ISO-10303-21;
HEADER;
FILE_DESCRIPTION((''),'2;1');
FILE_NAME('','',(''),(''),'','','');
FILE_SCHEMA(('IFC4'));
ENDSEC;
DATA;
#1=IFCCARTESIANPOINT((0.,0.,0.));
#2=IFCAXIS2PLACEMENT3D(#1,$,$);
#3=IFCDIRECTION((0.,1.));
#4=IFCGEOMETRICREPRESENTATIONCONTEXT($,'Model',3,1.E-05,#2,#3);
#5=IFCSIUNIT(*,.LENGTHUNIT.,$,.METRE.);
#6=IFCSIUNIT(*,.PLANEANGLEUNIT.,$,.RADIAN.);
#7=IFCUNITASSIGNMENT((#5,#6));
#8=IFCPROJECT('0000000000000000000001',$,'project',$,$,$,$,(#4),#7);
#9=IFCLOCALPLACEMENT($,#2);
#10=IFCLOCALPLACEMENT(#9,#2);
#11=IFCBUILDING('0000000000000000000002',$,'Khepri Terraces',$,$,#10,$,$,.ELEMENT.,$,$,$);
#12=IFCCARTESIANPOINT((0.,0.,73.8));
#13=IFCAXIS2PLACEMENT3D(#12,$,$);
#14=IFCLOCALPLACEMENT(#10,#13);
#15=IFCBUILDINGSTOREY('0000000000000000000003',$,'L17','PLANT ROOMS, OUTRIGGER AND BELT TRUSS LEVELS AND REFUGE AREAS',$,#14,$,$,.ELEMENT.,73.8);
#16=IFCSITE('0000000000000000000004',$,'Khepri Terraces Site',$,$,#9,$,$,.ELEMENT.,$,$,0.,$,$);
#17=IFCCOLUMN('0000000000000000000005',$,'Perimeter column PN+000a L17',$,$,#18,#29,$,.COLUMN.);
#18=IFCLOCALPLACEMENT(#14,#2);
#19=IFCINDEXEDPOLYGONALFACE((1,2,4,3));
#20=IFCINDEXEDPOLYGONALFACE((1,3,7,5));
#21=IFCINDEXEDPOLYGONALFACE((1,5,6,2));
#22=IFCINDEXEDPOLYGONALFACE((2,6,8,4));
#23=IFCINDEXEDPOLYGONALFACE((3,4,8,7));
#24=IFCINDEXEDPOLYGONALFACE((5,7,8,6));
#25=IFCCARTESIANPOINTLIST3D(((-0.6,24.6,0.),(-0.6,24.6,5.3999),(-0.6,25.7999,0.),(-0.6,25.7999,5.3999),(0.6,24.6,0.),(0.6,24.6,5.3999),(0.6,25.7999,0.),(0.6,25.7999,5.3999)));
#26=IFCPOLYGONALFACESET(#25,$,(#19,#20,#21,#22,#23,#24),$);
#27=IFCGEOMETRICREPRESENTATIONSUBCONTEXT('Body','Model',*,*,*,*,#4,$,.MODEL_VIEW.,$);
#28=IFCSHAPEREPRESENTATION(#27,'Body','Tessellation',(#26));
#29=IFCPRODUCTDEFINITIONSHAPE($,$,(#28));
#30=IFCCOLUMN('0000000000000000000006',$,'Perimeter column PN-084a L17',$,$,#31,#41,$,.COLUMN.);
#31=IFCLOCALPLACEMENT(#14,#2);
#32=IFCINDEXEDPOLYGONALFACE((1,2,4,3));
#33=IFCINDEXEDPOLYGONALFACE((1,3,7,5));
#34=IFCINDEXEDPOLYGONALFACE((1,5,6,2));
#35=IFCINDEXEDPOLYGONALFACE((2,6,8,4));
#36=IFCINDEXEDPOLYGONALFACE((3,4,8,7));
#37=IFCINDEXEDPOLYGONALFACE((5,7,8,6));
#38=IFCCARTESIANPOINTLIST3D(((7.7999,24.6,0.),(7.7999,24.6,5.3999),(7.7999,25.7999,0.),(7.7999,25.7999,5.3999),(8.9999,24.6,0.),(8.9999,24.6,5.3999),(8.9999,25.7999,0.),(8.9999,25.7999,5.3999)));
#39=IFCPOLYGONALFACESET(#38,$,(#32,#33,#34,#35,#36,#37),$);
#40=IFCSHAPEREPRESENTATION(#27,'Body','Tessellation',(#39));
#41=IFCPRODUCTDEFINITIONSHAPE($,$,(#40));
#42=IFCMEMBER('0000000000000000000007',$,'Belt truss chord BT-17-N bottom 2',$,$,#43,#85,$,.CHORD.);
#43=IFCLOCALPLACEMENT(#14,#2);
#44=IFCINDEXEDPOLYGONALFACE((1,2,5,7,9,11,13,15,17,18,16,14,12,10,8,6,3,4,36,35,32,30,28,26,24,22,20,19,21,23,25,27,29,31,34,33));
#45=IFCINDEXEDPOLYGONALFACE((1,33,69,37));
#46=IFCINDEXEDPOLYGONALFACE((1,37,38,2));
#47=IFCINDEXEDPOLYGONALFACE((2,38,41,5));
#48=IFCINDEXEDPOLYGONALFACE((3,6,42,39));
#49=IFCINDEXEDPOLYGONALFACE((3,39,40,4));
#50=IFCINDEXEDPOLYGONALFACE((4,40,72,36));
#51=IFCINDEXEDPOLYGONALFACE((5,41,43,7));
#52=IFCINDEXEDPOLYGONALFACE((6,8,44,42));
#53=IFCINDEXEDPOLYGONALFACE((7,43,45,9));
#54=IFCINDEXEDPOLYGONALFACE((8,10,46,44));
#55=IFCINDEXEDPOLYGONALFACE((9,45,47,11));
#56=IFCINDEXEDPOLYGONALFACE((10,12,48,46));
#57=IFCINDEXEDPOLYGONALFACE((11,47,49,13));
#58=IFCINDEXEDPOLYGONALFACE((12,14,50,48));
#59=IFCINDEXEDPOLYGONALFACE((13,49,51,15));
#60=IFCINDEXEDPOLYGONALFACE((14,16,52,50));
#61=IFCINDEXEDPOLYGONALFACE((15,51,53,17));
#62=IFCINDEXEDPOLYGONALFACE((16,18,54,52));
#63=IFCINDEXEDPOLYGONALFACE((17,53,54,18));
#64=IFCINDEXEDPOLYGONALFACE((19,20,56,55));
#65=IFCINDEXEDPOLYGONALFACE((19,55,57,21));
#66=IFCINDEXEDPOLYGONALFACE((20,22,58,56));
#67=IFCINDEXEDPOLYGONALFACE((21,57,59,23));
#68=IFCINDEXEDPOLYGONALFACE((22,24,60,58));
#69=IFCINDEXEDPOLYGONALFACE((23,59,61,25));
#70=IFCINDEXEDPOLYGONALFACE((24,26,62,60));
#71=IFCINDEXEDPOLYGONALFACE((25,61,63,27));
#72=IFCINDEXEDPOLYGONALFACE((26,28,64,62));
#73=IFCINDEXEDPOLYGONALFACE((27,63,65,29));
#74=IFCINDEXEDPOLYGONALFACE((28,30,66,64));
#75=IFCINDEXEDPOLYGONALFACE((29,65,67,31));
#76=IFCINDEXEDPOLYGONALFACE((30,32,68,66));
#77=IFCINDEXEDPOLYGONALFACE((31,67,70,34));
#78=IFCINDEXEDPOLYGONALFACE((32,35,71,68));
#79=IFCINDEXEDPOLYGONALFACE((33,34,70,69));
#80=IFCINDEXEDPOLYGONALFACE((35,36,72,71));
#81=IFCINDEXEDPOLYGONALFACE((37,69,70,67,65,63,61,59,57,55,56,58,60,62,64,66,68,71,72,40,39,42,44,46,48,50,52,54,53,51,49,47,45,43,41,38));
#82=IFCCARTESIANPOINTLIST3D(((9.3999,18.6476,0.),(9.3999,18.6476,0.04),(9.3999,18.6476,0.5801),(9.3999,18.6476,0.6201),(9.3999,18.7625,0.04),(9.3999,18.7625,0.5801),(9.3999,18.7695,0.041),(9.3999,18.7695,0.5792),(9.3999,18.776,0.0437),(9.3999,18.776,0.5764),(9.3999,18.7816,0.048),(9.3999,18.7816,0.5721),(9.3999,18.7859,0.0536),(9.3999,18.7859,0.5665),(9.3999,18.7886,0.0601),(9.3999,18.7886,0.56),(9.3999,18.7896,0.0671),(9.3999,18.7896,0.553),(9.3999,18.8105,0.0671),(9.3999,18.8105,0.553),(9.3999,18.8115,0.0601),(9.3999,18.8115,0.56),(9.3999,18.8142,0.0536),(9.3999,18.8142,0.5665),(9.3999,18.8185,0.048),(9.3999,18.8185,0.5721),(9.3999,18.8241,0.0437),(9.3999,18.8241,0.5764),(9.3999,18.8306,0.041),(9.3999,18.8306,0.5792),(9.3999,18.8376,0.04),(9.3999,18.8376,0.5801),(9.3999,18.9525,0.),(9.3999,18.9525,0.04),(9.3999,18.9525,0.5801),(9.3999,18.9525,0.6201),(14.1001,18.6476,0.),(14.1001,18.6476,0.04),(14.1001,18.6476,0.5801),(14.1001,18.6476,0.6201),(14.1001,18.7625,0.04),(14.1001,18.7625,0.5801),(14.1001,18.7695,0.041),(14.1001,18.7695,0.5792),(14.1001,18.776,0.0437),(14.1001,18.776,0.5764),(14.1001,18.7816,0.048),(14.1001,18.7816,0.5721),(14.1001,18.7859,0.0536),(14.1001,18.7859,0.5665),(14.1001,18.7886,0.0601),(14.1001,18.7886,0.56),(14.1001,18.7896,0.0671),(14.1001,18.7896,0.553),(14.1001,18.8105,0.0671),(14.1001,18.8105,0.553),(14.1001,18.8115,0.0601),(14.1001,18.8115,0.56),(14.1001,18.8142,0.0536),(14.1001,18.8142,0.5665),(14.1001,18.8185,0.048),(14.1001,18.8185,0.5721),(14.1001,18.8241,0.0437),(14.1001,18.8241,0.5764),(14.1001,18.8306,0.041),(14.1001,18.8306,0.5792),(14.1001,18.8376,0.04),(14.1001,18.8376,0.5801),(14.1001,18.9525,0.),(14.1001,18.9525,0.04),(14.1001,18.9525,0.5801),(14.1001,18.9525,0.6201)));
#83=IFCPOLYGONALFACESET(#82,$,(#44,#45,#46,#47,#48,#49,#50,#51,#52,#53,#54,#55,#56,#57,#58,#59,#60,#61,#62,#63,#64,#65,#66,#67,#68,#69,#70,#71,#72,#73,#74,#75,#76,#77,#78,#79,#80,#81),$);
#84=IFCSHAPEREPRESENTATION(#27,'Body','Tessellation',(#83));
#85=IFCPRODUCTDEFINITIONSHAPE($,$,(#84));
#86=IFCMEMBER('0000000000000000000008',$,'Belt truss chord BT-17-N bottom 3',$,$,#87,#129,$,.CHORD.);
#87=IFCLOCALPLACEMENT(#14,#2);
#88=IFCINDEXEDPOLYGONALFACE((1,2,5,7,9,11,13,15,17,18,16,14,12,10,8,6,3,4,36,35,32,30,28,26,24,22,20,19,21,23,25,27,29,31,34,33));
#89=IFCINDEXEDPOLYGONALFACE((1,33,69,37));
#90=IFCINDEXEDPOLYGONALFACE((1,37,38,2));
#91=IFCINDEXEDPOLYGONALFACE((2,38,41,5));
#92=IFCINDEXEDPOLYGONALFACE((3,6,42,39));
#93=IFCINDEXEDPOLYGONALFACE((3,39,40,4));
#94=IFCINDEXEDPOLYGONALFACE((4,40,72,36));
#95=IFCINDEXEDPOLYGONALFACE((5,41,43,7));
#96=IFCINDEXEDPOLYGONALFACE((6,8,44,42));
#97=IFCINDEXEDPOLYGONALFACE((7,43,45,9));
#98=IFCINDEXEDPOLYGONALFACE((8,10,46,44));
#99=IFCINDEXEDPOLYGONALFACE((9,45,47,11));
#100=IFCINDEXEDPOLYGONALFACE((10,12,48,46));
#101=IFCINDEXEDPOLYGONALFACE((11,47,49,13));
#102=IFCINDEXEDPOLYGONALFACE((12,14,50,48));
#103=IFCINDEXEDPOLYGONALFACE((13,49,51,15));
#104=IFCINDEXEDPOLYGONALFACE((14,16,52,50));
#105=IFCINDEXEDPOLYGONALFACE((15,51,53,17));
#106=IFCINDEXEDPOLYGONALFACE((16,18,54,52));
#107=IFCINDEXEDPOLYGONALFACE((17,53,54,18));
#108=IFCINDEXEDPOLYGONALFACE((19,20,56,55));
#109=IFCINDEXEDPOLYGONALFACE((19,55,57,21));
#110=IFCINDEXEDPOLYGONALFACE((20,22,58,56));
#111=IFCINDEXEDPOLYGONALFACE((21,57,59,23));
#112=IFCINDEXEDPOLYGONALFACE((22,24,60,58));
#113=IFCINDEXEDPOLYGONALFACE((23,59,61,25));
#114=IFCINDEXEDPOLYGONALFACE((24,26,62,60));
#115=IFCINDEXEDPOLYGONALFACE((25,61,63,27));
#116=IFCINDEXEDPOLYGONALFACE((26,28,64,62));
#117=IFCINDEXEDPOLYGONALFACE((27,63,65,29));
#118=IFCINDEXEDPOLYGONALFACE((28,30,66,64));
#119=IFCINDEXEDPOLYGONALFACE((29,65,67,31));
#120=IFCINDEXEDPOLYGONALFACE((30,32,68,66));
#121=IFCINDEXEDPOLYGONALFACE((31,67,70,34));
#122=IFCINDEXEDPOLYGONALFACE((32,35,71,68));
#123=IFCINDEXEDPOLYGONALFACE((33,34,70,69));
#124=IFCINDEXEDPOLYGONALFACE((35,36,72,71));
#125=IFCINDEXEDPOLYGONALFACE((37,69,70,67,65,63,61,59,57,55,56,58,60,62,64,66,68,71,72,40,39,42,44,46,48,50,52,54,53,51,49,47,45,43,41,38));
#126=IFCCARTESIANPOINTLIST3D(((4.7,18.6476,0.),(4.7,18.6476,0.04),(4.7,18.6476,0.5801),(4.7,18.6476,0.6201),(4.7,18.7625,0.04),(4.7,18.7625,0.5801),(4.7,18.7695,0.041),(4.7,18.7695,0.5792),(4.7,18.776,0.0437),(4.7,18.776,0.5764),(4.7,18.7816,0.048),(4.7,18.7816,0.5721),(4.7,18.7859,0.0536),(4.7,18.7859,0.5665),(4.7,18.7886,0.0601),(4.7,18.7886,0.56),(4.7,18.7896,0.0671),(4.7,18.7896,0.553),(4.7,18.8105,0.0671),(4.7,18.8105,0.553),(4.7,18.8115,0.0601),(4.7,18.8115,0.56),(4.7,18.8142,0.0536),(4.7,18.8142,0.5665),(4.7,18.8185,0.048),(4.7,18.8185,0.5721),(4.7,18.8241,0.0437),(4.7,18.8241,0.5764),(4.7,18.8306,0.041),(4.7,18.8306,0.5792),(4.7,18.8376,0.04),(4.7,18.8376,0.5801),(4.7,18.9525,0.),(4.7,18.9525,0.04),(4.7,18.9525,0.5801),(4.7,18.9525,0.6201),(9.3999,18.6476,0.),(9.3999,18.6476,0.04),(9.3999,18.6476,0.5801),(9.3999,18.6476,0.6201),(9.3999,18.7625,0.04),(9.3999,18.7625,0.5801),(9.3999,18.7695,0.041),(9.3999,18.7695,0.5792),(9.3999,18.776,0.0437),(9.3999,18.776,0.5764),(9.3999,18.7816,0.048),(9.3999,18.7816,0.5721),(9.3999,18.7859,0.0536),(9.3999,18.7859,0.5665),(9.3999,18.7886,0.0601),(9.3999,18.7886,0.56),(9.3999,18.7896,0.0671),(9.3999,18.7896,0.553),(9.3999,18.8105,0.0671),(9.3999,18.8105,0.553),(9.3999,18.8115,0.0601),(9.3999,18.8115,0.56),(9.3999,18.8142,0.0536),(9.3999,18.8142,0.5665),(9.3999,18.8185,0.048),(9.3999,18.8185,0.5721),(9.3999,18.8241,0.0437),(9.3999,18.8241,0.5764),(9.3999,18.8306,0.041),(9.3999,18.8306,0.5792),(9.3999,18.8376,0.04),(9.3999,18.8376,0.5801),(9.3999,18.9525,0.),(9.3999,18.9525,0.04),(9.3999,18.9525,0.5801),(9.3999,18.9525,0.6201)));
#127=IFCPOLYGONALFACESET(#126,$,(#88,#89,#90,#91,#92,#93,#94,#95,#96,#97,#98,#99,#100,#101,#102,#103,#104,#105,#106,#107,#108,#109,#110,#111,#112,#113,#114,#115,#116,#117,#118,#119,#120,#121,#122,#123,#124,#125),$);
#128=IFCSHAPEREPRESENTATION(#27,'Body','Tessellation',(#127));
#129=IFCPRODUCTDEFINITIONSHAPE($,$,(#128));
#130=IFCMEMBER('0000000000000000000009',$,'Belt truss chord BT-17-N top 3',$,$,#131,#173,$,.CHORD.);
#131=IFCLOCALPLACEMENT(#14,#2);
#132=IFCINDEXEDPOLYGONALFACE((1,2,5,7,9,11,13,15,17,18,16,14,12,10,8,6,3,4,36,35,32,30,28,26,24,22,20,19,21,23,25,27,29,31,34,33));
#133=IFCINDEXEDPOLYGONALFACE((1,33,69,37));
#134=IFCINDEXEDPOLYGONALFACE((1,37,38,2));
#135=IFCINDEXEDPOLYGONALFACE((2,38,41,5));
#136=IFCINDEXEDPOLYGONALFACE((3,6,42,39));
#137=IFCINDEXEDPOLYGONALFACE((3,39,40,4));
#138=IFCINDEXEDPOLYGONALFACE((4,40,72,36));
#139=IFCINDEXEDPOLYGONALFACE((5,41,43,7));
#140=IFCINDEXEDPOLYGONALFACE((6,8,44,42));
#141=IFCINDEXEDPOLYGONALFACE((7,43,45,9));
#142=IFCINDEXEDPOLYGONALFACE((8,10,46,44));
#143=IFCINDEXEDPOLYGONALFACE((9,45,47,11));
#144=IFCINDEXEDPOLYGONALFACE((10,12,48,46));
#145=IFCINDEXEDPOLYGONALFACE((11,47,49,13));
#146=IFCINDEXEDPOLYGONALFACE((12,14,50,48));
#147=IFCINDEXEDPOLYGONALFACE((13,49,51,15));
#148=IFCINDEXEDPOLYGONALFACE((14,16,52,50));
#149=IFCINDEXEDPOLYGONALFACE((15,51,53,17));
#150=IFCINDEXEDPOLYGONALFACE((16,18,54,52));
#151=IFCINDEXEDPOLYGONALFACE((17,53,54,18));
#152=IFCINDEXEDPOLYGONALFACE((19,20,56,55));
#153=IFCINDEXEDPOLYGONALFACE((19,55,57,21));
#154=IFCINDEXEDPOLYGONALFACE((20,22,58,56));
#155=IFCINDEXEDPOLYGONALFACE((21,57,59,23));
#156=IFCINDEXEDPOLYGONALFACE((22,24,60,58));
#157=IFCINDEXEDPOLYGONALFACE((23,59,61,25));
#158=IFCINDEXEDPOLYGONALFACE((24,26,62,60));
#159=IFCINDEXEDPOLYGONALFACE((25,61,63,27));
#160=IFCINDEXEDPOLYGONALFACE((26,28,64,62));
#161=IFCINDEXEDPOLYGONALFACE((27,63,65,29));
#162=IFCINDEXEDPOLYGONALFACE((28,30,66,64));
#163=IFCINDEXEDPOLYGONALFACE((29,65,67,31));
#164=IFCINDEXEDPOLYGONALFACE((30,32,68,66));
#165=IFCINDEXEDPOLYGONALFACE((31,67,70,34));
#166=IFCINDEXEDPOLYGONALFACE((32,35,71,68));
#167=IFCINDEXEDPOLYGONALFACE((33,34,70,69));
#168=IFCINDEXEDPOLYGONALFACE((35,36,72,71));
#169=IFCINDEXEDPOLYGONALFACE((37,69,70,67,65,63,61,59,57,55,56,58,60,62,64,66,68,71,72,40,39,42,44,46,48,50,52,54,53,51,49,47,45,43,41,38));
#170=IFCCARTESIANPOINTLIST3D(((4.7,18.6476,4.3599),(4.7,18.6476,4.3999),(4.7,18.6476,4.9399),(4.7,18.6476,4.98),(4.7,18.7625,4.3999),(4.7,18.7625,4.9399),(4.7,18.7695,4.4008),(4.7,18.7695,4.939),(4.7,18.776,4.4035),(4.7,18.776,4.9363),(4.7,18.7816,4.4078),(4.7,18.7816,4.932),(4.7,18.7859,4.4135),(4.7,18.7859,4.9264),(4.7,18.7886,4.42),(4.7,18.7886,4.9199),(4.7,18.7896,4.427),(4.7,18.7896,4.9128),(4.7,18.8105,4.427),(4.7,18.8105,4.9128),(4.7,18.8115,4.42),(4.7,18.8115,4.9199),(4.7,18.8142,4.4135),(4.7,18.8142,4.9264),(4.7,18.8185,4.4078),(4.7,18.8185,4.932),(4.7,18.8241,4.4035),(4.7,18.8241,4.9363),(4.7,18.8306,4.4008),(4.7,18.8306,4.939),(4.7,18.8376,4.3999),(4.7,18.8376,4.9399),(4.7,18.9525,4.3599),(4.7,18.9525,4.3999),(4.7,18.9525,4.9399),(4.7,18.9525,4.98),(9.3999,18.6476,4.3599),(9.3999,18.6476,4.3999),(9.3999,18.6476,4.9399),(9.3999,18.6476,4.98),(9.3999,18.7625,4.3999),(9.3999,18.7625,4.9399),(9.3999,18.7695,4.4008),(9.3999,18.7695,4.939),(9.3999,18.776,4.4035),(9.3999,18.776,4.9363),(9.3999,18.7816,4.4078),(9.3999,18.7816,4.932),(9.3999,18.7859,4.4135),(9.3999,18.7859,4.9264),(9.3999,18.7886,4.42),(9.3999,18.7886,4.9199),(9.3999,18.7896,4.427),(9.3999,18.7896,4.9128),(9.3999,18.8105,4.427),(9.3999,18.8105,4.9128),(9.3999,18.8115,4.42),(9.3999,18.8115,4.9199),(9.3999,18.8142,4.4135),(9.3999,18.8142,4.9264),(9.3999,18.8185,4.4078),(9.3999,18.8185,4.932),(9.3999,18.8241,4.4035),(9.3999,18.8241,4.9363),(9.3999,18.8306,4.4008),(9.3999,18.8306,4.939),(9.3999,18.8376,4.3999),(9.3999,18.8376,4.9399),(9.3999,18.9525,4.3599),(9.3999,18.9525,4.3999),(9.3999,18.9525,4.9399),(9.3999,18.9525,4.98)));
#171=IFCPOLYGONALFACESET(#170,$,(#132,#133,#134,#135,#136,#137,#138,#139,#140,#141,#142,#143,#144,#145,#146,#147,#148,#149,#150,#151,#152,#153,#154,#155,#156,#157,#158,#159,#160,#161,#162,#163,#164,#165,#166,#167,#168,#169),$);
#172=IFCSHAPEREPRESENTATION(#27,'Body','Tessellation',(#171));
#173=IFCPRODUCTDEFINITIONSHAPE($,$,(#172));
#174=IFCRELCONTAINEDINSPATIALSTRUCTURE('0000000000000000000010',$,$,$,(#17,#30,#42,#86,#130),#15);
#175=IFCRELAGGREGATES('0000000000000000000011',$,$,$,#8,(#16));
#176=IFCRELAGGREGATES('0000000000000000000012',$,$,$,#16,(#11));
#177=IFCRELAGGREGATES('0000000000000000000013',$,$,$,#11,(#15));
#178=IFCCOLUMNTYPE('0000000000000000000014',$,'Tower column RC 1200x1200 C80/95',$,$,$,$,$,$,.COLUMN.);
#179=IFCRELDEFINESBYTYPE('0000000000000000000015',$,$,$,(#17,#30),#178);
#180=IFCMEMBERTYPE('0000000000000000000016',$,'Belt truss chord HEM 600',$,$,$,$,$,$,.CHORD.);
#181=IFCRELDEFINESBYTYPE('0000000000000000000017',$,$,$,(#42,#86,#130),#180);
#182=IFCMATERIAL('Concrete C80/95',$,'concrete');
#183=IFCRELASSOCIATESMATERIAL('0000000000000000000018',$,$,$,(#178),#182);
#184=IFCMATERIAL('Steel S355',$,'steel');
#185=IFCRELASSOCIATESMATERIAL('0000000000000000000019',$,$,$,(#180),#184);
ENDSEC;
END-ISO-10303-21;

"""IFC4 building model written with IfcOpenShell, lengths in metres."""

from ifc_helpers import new_model, si_unit, direction, frame, origin, origin_2d, place, context, subcontext, project, spatial, rectangle, i_section, extrude, material, material_profile, profile_set, type_object, element, save


model = new_model("IFC4")

# Units and contexts
model_context = context("Model", 3, precision=1e-05, world=origin(), true_north=direction((0.0, 1.0)))
body_context = subcontext(model_context, "Body", "Model", "MODEL_VIEW")
ifc_project = project(units=[si_unit("LENGTHUNIT", "METRE"), si_unit("PLANEANGLEUNIT", "RADIAN")], contexts=[model_context])

# Site, building, storey
site_placement = place(None, origin())
site = spatial("IfcSite", under=ifc_project, at=site_placement, Name="Khepri Terraces Site", CompositionType="ELEMENT", RefElevation=0.0)
building_placement = place(site_placement, origin())
building = spatial("IfcBuilding", under=site, at=building_placement, Name="Khepri Terraces", CompositionType="ELEMENT")
storey_placement = place(building_placement, frame((0.0, 0.0, 73.8)))
storey = spatial("IfcBuildingStorey", under=building, at=storey_placement, Name="L17", Description="PLANT ROOMS, OUTRIGGER AND BELT TRUSS LEVELS AND REFUGE AREAS", CompositionType="ELEMENT", Elevation=73.8)

# Columns
ifc_material_1 = material(Name="Concrete C80/95", Category="concrete")
ifc_material_profile_1 = material_profile(ifc_material_1, rectangle(XDim=1.2, YDim=1.2, at=origin_2d()), Name="Concrete C80/95", Category="concrete")
ifc_profile_set_1 = profile_set([ifc_material_profile_1], Name="Concrete C80/95")
column_type = type_object("IfcColumnType", Name="Tower column RC 1200x1200 C80/95", PredefinedType="COLUMN", material=ifc_profile_set_1)
for number, where, z_axis, x_axis, name in (
    (1, (0.0, 25.2, 0.0), (0.0, 0.0, 1.0), (1.0, 0.0, 0.0), "Perimeter column PN+000a L17"),
    (2, (8.3999, 25.2, 0.0), (0.0, 0.0, 1.0), (1.0, 0.0, 0.0), "Perimeter column PN-084a L17"),
):
    element("IfcColumn", number, at=place(storey_placement, frame(where, z_axis=z_axis, x_axis=x_axis)), inside=storey, type_object=column_type, Name=name, PredefinedType="COLUMN", context=body_context, shape_type="SweptSolid", body=[
        extrude(rectangle(XDim=1.2, YDim=1.2, at=origin_2d()), origin(), (0.0, 0.0, 1.0), 5.3999),
    ])

# Members
ifc_material_2 = material(Name="Steel S355", Category="steel")
ifc_material_profile_2 = material_profile(ifc_material_2, i_section(OverallWidth=0.3049, OverallDepth=0.6201, WebThickness=0.021, FlangeThickness=0.04, FilletRadius=0.0271, at=origin_2d()), Name="Steel S355", Category="steel")
ifc_profile_set_2 = profile_set([ifc_material_profile_2], Name="Steel S355")
member_type_1 = type_object("IfcMemberType", Name="Belt truss chord HEM 600", PredefinedType="CHORD", material=ifc_profile_set_2)
member_placement = place(storey_placement, frame((14.1001, 18.8, 0.3101), z_axis=(-1.0, 0.0, 0.0), x_axis=(0.0, -1.0, 0.0)))
element("IfcMember", 3, at=member_placement, inside=storey, type_object=member_type_1, Name="Belt truss chord BT-17-N bottom 2", PredefinedType="CHORD", context=body_context, shape_type="SweptSolid", body=[
    extrude(i_section(OverallWidth=0.3049, OverallDepth=0.6201, WebThickness=0.021, FlangeThickness=0.04, FilletRadius=0.0271, at=origin_2d()), origin(), (0.0, 0.0, 1.0), 4.7002),
])
for number, where, z_axis, x_axis, name in (
    (4, (9.3999, 18.8, 0.3101), (-1.0, 0.0, 0.0), (0.0, -1.0, 0.0), "Belt truss chord BT-17-N bottom 3"),
    (5, (9.3999, 18.8, 4.6699), (-1.0, 0.0, 0.0), (0.0, -1.0, 0.0), "Belt truss chord BT-17-N top 3"),
):
    element("IfcMember", number, at=place(storey_placement, frame(where, z_axis=z_axis, x_axis=x_axis)), inside=storey, type_object=member_type_1, Name=name, PredefinedType="CHORD", context=body_context, shape_type="SweptSolid", body=[
        extrude(i_section(OverallWidth=0.3049, OverallDepth=0.6201, WebThickness=0.021, FlangeThickness=0.04, FilletRadius=0.0271, at=origin_2d()), origin(), (0.0, 0.0, 1.0), 4.7),
    ])

save(model, "model.ifc")
